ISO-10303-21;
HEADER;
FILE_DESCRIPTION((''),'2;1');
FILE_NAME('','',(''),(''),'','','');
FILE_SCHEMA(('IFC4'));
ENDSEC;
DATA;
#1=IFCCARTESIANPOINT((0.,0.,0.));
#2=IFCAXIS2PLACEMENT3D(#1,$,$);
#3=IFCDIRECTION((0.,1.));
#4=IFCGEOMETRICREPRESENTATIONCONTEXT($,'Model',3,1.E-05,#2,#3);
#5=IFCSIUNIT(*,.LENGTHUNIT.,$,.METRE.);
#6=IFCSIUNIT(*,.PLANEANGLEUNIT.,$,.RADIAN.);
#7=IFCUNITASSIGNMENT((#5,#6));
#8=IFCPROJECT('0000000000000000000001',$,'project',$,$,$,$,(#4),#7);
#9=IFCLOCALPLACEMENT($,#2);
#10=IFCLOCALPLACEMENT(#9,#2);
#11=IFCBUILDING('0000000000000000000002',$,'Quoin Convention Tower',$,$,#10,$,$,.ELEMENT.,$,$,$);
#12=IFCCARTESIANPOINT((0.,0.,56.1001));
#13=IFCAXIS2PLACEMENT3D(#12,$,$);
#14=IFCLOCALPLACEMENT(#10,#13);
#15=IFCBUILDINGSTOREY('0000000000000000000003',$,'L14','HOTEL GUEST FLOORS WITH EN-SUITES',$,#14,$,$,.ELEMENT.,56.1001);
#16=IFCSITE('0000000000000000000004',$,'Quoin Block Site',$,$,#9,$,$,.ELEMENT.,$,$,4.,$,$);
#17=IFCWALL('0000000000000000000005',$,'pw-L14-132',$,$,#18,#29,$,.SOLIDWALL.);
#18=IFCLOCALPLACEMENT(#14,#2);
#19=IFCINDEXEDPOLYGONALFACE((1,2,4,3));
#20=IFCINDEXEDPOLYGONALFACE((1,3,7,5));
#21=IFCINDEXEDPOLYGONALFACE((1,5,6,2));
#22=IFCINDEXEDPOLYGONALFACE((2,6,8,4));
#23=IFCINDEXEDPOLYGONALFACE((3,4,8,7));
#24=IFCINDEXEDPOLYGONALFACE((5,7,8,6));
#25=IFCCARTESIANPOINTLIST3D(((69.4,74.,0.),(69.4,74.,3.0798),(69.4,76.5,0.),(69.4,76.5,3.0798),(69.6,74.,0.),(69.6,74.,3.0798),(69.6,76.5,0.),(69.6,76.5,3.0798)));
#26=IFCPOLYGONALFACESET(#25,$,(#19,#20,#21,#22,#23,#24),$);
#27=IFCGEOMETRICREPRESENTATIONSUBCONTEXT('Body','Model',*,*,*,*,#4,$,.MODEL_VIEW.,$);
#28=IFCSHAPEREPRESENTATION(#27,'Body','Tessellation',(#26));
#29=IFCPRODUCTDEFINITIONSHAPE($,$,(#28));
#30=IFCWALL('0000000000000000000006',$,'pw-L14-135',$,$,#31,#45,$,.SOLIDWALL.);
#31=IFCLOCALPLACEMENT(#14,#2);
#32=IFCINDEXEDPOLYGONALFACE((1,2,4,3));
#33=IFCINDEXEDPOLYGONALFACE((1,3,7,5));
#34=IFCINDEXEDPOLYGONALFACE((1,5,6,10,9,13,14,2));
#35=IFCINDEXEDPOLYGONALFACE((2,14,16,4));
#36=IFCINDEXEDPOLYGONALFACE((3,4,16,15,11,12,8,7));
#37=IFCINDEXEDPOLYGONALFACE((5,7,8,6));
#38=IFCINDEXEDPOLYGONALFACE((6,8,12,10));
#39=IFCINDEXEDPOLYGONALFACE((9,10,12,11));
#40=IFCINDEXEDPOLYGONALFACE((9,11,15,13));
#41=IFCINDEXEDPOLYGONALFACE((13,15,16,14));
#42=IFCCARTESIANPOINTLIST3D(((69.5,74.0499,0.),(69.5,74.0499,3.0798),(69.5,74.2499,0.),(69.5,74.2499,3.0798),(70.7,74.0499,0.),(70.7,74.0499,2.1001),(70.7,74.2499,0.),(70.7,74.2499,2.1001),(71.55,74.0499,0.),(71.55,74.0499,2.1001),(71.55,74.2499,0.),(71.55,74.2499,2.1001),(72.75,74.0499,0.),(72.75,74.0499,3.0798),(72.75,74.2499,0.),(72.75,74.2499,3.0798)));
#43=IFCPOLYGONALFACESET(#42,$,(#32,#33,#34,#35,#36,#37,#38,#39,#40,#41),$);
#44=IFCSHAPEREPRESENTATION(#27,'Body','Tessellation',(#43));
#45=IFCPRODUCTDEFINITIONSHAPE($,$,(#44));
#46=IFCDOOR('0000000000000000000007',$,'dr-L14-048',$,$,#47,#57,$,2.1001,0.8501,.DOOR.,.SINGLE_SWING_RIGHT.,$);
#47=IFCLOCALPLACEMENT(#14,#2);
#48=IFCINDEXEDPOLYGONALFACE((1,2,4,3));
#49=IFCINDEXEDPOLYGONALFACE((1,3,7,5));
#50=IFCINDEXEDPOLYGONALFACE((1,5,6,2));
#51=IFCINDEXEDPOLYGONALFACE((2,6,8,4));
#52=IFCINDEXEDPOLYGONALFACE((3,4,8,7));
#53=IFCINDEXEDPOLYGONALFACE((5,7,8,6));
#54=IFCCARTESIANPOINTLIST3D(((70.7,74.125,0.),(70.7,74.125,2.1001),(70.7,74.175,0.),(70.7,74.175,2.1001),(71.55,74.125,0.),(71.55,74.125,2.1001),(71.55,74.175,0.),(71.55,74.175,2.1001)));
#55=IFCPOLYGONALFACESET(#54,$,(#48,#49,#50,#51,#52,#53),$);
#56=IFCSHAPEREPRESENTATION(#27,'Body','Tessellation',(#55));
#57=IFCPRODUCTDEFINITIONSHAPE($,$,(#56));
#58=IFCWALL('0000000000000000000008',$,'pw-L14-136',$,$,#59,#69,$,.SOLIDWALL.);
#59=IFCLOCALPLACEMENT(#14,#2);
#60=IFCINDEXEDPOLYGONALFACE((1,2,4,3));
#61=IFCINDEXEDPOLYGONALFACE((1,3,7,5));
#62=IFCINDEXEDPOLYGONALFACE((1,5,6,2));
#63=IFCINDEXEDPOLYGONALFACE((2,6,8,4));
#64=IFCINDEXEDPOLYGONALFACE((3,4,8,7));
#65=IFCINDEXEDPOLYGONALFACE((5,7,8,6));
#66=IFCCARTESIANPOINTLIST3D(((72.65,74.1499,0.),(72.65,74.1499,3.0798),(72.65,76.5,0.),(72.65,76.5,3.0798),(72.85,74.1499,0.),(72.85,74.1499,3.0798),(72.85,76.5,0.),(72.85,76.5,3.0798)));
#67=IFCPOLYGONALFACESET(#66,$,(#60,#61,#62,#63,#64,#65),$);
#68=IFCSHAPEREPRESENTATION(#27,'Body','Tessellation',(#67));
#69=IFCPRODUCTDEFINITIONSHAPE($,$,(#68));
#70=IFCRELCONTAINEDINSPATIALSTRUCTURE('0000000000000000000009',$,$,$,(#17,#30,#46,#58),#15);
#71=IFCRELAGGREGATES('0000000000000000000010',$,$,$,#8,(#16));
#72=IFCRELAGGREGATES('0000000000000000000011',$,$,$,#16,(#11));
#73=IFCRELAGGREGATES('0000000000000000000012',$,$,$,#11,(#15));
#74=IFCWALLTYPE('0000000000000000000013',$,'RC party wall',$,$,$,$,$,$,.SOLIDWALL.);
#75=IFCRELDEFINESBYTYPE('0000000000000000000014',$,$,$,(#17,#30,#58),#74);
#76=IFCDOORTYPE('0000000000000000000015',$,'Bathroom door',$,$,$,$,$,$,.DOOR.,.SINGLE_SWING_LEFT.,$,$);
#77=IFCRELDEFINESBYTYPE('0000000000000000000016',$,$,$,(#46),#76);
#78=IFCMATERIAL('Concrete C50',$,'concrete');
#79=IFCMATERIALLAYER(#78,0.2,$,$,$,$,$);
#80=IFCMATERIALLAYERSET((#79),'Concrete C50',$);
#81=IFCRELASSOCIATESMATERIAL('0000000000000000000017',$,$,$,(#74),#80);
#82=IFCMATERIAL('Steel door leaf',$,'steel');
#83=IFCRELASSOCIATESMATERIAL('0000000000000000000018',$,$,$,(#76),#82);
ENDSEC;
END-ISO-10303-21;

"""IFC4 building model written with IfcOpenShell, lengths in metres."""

from ifc_helpers import new_model, si_unit, direction, frame, frame_2d, origin, place, context, subcontext, project, spatial, rectangle, extrude, material, layer, layer_set, type_object, element, fill, save


model = new_model("IFC4")

# Units and contexts
model_context = context("Model", 3, precision=1e-05, world=origin(), true_north=direction((0.0, 1.0)))
body_context = subcontext(model_context, "Body", "Model", "MODEL_VIEW")
ifc_project = project(units=[si_unit("LENGTHUNIT", "METRE"), si_unit("PLANEANGLEUNIT", "RADIAN")], contexts=[model_context])

# Site, building, storey
site_placement = place(None, origin())
site = spatial("IfcSite", under=ifc_project, at=site_placement, Name="Quoin Block Site", CompositionType="ELEMENT", RefElevation=4.0)
building_placement = place(site_placement, origin())
building = spatial("IfcBuilding", under=site, at=building_placement, Name="Quoin Convention Tower", CompositionType="ELEMENT")
storey_placement = place(building_placement, frame((0.0, 0.0, 56.1001)))
storey = spatial("IfcBuildingStorey", under=building, at=storey_placement, Name="L14", Description="HOTEL GUEST FLOORS WITH EN-SUITES", CompositionType="ELEMENT", Elevation=56.1001)

# Shared definitions
ifc_material_1 = material(Name="Concrete C50", Category="concrete")

# Shared definitions
ifc_layer_1 = layer(ifc_material_1, 0.2)
ifc_layer_set_1 = layer_set([ifc_layer_1], Name="Concrete C50")
wall_type_1 = type_object("IfcWallType", Name="RC party wall", PredefinedType="SOLIDWALL", material=ifc_layer_set_1)
ifc_material_2 = material(Name="Steel door leaf", Category="steel")
door_type = type_object("IfcDoorType", Name="Bathroom door", OperationType="SINGLE_SWING_LEFT", PredefinedType="DOOR", material=ifc_material_2)

# Wall
wall_1_placement = place(storey_placement, frame((69.5, 74.0, 0.0), z_axis=(0.0, 0.0, 1.0), x_axis=(0.0, 1.0, 0.0)))
element("IfcWall", 1, at=wall_1_placement, inside=storey, type_object=wall_type_1, Name="pw-L14-132", PredefinedType="SOLIDWALL", context=body_context, shape_type="SweptSolid", body=[
    extrude(rectangle(XDim=2.5, YDim=0.2, at=frame_2d((1.25, 0.0))), origin(), (0.0, 0.0, 1.0), 3.0798),
])

# Wall, opening, door
wall_2_placement = place(storey_placement, frame((69.5, 74.1499, 0.0), z_axis=(0.0, 0.0, 1.0), x_axis=(1.0, 0.0, 0.0)))
wall_2 = element("IfcWall", 2, at=wall_2_placement, inside=storey, type_object=wall_type_1, Name="pw-L14-135", PredefinedType="SOLIDWALL", context=body_context, shape_type="SweptSolid", body=[
    extrude(rectangle(XDim=3.25, YDim=0.2, at=frame_2d((1.625, 0.0))), origin(), (0.0, 0.0, 1.0), 3.0798),
])
opening_1_placement = place(wall_2_placement, frame((1.2, 0.0, 0.0)))
opening_1 = element("IfcOpeningElement", 3, at=opening_1_placement, cuts=wall_2, PredefinedType="OPENING", context=body_context, shape_type="SweptSolid", body=[
    extrude(rectangle(XDim=0.8501, YDim=2.1001, at=frame_2d((0.425, 1.05))), frame((0.0, 0.1099, 0.0), z_axis=(0.0, -1.0, 0.0), x_axis=(1.0, 0.0, 0.0)), (0.0, 0.0, 1.0), 0.22),
])
door_1_placement = place(opening_1_placement, frame((0.8501, 0.0, 0.0), z_axis=(0.0, 0.0, 1.0), x_axis=(-1.0, 0.0, 0.0)))
door_1 = element("IfcDoor", 4, at=door_1_placement, inside=storey, type_object=door_type, Name="dr-L14-048", OperationType="SINGLE_SWING_RIGHT", OverallHeight=2.1001, OverallWidth=0.8501, PredefinedType="DOOR", context=body_context, shape_type="SweptSolid", body=[
    extrude(rectangle(XDim=0.8501, YDim=2.1001, at=frame_2d((0.425, 1.05))), frame((0.0, 0.0249, 0.0), z_axis=(0.0, -1.0, 0.0), x_axis=(1.0, 0.0, 0.0)), (0.0, 0.0, 1.0), 0.05),
])
fill(opening_1, door_1)

# Wall
wall_3_placement = place(storey_placement, frame((72.75, 74.1499, 0.0), z_axis=(0.0, 0.0, 1.0), x_axis=(0.0, 1.0, 0.0)))
element("IfcWall", 5, at=wall_3_placement, inside=storey, type_object=wall_type_1, Name="pw-L14-136", PredefinedType="SOLIDWALL", context=body_context, shape_type="SweptSolid", body=[
    extrude(rectangle(XDim=2.3501, YDim=0.2, at=frame_2d((1.175, 0.0))), origin(), (0.0, 0.0, 1.0), 3.0798),
])

save(model, "model.ifc")
